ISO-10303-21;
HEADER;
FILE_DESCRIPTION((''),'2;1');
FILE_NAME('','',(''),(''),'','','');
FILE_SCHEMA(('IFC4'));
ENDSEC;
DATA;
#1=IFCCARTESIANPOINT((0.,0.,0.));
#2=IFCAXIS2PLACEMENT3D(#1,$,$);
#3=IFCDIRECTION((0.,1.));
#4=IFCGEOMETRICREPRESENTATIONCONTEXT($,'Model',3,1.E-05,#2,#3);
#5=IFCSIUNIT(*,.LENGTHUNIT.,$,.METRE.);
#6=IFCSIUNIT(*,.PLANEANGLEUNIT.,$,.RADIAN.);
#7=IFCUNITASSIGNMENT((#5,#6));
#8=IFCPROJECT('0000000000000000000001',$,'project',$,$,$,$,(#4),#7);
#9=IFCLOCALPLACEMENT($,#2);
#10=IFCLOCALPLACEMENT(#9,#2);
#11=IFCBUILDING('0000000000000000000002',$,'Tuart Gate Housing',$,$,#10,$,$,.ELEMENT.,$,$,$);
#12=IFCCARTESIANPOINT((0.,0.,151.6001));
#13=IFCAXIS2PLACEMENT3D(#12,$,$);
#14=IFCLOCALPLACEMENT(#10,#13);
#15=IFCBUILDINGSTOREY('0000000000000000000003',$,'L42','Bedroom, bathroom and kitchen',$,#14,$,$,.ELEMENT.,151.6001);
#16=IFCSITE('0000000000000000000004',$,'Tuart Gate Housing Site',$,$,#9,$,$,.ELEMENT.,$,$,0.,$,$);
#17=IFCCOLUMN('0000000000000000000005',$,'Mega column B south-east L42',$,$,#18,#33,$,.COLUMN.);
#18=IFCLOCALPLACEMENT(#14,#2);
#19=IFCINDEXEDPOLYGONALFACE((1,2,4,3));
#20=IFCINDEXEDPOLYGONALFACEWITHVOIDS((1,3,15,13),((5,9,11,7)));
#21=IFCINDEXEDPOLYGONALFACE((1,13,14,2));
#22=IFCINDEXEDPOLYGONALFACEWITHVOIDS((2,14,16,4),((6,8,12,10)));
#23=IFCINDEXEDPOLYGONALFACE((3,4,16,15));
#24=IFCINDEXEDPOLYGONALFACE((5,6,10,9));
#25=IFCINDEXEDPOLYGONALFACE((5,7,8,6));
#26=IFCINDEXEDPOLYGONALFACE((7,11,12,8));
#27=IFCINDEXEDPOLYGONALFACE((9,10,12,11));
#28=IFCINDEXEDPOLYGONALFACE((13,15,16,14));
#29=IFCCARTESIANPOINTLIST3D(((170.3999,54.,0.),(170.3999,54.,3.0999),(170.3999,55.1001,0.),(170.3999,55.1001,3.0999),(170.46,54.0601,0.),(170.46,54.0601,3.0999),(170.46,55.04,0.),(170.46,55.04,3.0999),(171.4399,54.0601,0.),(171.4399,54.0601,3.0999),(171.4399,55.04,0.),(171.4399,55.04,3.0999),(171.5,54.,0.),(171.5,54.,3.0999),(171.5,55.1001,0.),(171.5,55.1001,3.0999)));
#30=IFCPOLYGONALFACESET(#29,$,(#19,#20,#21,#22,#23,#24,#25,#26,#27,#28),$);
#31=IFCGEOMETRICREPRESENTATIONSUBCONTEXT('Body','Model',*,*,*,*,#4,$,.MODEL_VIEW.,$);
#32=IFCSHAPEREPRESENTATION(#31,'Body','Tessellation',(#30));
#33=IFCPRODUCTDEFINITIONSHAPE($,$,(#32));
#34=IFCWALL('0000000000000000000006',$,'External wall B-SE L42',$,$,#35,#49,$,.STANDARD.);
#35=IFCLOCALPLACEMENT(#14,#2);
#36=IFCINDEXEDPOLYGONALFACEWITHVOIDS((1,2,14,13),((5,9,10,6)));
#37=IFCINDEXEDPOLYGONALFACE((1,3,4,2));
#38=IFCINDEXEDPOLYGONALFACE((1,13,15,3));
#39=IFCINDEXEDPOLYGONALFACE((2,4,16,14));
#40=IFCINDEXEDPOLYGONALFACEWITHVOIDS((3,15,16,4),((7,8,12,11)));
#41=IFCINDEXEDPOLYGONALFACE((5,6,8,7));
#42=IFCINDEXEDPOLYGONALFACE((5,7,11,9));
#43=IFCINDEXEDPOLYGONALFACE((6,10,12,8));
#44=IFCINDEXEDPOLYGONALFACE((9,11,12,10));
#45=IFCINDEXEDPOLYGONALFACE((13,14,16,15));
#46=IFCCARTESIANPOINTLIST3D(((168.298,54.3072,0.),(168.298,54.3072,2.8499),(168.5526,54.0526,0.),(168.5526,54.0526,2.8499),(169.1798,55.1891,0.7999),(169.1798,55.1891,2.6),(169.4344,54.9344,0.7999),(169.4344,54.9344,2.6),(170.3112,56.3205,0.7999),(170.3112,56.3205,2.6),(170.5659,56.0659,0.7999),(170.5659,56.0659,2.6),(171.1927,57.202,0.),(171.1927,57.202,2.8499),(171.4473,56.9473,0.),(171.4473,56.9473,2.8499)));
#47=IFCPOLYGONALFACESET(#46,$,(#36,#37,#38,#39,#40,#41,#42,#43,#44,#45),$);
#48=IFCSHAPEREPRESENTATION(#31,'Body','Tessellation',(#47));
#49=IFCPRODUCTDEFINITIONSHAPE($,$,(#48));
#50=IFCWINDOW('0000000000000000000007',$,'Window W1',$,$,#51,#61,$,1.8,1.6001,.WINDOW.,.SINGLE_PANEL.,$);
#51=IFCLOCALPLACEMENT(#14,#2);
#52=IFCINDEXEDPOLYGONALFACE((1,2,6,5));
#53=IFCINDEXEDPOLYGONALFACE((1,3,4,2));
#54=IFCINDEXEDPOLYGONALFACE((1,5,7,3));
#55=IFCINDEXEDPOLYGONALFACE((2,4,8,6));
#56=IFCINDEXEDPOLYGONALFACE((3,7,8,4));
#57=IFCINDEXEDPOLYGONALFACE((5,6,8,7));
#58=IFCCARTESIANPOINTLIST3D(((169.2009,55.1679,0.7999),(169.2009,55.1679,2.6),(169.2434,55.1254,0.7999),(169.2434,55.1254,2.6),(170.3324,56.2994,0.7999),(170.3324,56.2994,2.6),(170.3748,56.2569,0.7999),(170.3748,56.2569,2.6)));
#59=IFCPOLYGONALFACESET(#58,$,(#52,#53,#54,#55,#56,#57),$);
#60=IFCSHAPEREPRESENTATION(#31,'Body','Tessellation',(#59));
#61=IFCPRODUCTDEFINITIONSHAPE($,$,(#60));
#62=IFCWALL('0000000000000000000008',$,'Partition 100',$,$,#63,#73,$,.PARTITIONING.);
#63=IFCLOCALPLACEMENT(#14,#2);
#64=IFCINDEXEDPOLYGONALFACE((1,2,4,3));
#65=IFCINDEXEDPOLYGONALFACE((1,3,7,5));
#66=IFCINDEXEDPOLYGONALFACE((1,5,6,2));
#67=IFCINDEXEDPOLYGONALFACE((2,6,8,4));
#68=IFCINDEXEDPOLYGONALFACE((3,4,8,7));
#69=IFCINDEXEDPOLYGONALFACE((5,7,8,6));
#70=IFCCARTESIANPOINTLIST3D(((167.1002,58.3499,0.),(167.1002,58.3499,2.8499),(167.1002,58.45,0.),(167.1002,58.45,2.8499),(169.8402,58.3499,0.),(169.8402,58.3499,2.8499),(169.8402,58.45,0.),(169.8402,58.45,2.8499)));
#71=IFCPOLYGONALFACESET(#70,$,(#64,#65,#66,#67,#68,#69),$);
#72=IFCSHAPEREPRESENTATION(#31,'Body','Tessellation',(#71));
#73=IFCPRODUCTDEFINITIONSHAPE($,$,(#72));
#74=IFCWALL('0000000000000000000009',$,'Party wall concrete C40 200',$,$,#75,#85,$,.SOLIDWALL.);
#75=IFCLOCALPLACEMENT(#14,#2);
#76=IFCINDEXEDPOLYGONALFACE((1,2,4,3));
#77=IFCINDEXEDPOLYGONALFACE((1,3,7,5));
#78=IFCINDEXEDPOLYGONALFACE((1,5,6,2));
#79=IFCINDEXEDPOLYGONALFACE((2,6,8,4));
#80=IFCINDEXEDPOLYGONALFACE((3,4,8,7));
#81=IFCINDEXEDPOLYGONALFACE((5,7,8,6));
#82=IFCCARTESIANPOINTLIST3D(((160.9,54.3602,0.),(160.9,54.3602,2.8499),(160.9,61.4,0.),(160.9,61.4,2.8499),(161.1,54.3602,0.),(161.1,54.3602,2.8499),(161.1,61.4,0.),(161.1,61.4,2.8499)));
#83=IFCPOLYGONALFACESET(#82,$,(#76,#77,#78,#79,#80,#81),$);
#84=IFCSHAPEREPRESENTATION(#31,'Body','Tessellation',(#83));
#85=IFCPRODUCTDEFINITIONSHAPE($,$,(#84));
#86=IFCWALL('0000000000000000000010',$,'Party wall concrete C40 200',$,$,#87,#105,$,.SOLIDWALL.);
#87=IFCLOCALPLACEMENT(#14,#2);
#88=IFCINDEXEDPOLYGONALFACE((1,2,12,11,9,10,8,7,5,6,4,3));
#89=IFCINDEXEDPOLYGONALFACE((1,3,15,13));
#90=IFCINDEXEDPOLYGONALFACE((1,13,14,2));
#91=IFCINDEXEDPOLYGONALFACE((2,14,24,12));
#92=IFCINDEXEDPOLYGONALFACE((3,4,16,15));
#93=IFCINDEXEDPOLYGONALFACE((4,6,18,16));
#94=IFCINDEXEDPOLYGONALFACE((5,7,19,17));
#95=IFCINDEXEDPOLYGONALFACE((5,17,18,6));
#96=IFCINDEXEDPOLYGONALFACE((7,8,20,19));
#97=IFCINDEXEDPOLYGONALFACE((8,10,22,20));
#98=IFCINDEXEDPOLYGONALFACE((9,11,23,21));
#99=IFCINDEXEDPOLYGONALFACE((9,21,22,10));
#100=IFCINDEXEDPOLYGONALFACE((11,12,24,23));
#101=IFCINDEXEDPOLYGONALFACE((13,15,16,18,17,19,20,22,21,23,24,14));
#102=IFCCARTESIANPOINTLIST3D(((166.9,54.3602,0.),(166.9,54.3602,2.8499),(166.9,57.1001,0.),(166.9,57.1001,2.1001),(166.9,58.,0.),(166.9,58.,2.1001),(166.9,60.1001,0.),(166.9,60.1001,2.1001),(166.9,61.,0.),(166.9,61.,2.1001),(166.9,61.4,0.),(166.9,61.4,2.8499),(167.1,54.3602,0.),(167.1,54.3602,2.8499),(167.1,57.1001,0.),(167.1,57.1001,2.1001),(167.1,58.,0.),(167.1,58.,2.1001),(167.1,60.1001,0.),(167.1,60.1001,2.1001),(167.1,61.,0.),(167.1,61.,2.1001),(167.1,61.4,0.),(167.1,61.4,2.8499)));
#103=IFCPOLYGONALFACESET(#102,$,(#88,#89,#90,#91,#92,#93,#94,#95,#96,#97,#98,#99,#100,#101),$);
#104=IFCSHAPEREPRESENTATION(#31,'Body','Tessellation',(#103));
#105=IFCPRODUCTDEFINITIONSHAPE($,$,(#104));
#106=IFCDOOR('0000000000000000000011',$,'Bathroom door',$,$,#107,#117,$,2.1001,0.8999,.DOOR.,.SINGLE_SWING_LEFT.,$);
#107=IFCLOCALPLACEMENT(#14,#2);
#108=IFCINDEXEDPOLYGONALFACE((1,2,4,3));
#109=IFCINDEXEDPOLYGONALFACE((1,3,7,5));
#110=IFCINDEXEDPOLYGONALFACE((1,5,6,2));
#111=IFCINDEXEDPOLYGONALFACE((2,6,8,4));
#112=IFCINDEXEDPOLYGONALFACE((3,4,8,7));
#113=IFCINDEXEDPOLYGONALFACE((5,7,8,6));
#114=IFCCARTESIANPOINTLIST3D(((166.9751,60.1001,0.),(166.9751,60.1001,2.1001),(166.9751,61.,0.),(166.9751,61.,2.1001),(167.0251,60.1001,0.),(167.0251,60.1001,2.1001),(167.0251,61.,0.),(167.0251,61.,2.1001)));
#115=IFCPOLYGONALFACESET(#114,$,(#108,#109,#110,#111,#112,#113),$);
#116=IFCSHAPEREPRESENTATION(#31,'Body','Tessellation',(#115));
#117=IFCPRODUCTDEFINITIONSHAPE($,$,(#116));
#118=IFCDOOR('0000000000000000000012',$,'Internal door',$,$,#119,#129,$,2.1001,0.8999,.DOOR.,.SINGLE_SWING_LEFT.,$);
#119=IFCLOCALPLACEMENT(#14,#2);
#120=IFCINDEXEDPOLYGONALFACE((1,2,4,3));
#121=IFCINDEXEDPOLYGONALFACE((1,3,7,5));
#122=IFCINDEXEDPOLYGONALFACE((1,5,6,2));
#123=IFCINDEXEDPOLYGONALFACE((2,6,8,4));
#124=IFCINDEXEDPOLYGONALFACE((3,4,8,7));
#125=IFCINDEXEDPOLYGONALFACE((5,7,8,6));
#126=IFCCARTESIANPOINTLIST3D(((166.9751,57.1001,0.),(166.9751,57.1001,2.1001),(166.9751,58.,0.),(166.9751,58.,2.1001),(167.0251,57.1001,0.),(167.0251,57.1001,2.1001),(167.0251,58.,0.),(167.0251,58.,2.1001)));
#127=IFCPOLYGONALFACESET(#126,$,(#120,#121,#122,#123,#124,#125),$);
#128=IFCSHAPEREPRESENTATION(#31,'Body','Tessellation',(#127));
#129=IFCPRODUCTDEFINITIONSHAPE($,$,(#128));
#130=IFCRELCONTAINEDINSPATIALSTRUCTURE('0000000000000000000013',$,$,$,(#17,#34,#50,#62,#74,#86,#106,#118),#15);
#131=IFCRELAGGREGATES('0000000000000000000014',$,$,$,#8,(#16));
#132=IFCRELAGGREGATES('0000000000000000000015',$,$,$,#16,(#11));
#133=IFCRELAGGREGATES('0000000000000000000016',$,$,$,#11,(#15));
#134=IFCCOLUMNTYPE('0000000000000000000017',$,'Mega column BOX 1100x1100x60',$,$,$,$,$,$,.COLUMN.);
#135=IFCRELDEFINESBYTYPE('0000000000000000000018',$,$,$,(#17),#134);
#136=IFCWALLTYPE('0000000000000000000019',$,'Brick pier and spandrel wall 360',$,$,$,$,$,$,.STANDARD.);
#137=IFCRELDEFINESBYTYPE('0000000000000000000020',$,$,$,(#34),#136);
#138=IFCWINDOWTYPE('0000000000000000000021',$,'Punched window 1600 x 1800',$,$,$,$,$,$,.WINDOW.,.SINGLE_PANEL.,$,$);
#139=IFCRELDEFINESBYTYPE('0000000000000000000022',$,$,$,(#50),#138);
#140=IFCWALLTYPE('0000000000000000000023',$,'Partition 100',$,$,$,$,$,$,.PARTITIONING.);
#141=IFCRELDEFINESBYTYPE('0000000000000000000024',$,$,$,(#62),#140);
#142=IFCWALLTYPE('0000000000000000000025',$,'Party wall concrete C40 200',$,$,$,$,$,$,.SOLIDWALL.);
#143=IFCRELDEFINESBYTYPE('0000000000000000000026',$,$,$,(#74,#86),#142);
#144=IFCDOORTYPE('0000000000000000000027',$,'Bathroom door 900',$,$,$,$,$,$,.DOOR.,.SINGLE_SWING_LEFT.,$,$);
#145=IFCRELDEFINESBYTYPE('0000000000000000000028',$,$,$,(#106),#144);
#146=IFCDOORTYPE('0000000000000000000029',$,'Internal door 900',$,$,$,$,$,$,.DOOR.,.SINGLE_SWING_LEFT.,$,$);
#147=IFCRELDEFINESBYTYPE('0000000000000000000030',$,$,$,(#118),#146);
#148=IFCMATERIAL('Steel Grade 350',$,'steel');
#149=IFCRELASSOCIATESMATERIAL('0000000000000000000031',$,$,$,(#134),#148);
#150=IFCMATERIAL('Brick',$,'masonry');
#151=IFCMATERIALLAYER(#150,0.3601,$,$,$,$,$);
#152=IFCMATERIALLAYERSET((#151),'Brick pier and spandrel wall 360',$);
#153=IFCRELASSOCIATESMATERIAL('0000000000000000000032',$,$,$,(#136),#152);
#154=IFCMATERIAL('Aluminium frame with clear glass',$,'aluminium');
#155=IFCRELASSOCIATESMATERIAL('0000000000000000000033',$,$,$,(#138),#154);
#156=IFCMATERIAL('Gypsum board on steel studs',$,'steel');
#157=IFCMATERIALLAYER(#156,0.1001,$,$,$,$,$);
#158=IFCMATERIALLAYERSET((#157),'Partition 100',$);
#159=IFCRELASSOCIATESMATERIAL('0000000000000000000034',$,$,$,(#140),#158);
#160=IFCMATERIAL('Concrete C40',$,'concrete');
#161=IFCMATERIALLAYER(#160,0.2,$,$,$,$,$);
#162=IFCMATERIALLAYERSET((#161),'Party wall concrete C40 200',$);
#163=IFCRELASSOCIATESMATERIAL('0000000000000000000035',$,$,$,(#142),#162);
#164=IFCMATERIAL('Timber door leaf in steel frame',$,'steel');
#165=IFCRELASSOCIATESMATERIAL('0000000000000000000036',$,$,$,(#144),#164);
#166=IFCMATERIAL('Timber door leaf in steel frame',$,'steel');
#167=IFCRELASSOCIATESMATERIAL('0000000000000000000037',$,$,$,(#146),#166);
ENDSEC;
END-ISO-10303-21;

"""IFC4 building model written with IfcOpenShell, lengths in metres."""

from ifc_helpers import new_model, si_unit, direction, frame, frame_2d, origin, origin_2d, place, context, subcontext, project, spatial, rectangle, hollow_rectangle, extrude, material, layer, layer_set, material_profile, profile_set, type_object, element, fill, save


model = new_model("IFC4")

# Units and contexts
model_context = context("Model", 3, precision=1e-05, world=origin(), true_north=direction((0.0, 1.0)))
body_context = subcontext(model_context, "Body", "Model", "MODEL_VIEW")
ifc_project = project(units=[si_unit("LENGTHUNIT", "METRE"), si_unit("PLANEANGLEUNIT", "RADIAN")], contexts=[model_context])

# Site, building, storey
site_placement = place(None, origin())
site = spatial("IfcSite", under=ifc_project, at=site_placement, Name="Tuart Gate Housing Site", CompositionType="ELEMENT", RefElevation=0.0)
building_placement = place(site_placement, origin())
building = spatial("IfcBuilding", under=site, at=building_placement, Name="Tuart Gate Housing", CompositionType="ELEMENT")
storey_placement = place(building_placement, frame((0.0, 0.0, 151.6001)))
storey = spatial("IfcBuildingStorey", under=building, at=storey_placement, Name="L42", Description="Bedroom, bathroom and kitchen", CompositionType="ELEMENT", Elevation=151.6001)

# Column
ifc_material_1 = material(Name="Steel Grade 350", Category="steel")
ifc_material_profile = material_profile(ifc_material_1, hollow_rectangle(XDim=1.1001, YDim=1.1001, WallThickness=0.0601, at=origin_2d()), Name="BOX 1100x1100x60")
ifc_profile_set = profile_set([ifc_material_profile], Name="Steel Grade 350")
column_type = type_object("IfcColumnType", Name="Mega column BOX 1100x1100x60", PredefinedType="COLUMN", material=ifc_profile_set)
column_placement = place(storey_placement, frame((170.95, 54.55, 0.0), z_axis=(0.0, 0.0, 1.0), x_axis=(1.0, 0.0, 0.0)))
element("IfcColumn", 1, at=column_placement, inside=storey, type_object=column_type, Name="Mega column B south-east L42", PredefinedType="COLUMN", context=body_context, shape_type="SweptSolid", body=[
    extrude(hollow_rectangle(XDim=1.1001, YDim=1.1001, WallThickness=0.0601, at=origin_2d()), origin(), (0.0, 0.0, 1.0), 3.0999),
])

# Wall, opening, window
ifc_material_2 = material(Name="Brick", Category="masonry")
ifc_layer_1 = layer(ifc_material_2, 0.3601)
ifc_layer_set_1 = layer_set([ifc_layer_1], Name="Brick pier and spandrel wall 360")
wall_type_1 = type_object("IfcWallType", Name="Brick pier and spandrel wall 360", PredefinedType="STANDARD", material=ifc_layer_set_1)
wall_1_placement = place(storey_placement, frame((168.4253, 54.1799, 0.0), z_axis=(0.0, 0.0, 1.0), x_axis=(0.707107, 0.707107, 0.0)))
wall_1 = element("IfcWall", 2, at=wall_1_placement, inside=storey, type_object=wall_type_1, Name="External wall B-SE L42", PredefinedType="STANDARD", context=body_context, shape_type="SweptSolid", body=[
    extrude(rectangle(XDim=4.0938, YDim=0.3601, at=frame_2d((2.0469, 0.0))), origin(), (0.0, 0.0, 1.0), 2.8499),
])
opening_1_placement = place(wall_1_placement, frame((1.2471, 0.0, 0.8)))
opening_1 = element("IfcOpeningElement", 3, at=opening_1_placement, cuts=wall_1, PredefinedType="OPENING", context=body_context, shape_type="SweptSolid", body=[
    extrude(rectangle(XDim=1.6001, YDim=1.8, at=frame_2d((0.8, 0.8999))), frame((0.0, 0.1899, 0.0), z_axis=(0.0, -1.0, 0.0), x_axis=(1.0, 0.0, 0.0)), (0.0, 0.0, 1.0), 0.3801),
])
ifc_material_3 = material(Name="Aluminium frame with clear glass", Category="aluminium")
window_type_1 = type_object("IfcWindowType", Name="Punched window 1600 x 1800", PartitioningType="SINGLE_PANEL", PredefinedType="WINDOW", material=ifc_material_3)
window_1_placement = place(opening_1_placement, origin())
window_1 = element("IfcWindow", 4, at=window_1_placement, inside=storey, type_object=window_type_1, Name="Window W1", OverallHeight=1.8, OverallWidth=1.6001, PartitioningType="SINGLE_PANEL", PredefinedType="WINDOW", context=body_context, shape_type="SweptSolid", body=[
    extrude(rectangle(XDim=1.6001, YDim=1.8, at=frame_2d((0.8, 0.8999))), frame((0.0, 0.1501, 0.0), z_axis=(0.0, -1.0, 0.0), x_axis=(1.0, 0.0, 0.0)), (0.0, 0.0, 1.0), 0.0601),
])
fill(opening_1, window_1)

# Walls
ifc_material_4 = material(Name="Gypsum board on steel studs", Category="steel")
ifc_layer_2 = layer(ifc_material_4, 0.1001)
ifc_layer_set_2 = layer_set([ifc_layer_2], Name="Partition 100")
wall_type_2 = type_object("IfcWallType", Name="Partition 100", PredefinedType="PARTITIONING", material=ifc_layer_set_2)
wall_2_placement = place(storey_placement, frame((167.1001, 58.3999, 0.0), z_axis=(0.0, 0.0, 1.0), x_axis=(1.0, 0.0, 0.0)))
element("IfcWall", 5, at=wall_2_placement, inside=storey, type_object=wall_type_2, Name="Partition 100", PredefinedType="PARTITIONING", context=body_context, shape_type="SweptSolid", body=[
    extrude(rectangle(XDim=2.74, YDim=0.1001, at=frame_2d((1.3701, 0.0))), origin(), (0.0, 0.0, 1.0), 2.8499),
])
ifc_material_5 = material(Name="Concrete C40", Category="concrete")
ifc_layer_3 = layer(ifc_material_5, 0.2)
ifc_layer_set_3 = layer_set([ifc_layer_3], Name="Party wall concrete C40 200")
wall_type_3 = type_object("IfcWallType", Name="Party wall concrete C40 200", PredefinedType="SOLIDWALL", material=ifc_layer_set_3)
wall_3_placement = place(storey_placement, frame((161.0, 54.3601, 0.0), z_axis=(0.0, 0.0, 1.0), x_axis=(0.0, 1.0, 0.0)))
element("IfcWall", 6, at=wall_3_placement, inside=storey, type_object=wall_type_3, Name="Party wall concrete C40 200", PredefinedType="SOLIDWALL", context=body_context, shape_type="SweptSolid", body=[
    extrude(rectangle(XDim=7.0398, YDim=0.2, at=frame_2d((3.52, 0.0))), origin(), (0.0, 0.0, 1.0), 2.8499),
])

# Wall, openings, doors
wall_4_placement = place(storey_placement, frame((167.0, 54.3601, 0.0), z_axis=(0.0, 0.0, 1.0), x_axis=(0.0, 1.0, 0.0)))
wall_4 = element("IfcWall", 7, at=wall_4_placement, inside=storey, type_object=wall_type_3, Name="Party wall concrete C40 200", PredefinedType="SOLIDWALL", context=body_context, shape_type="SweptSolid", body=[
    extrude(rectangle(XDim=7.0398, YDim=0.2, at=frame_2d((3.52, 0.0))), origin(), (0.0, 0.0, 1.0), 2.8499),
])
opening_2_placement = place(wall_4_placement, frame((2.74, 0.0, 0.0)))
opening_2 = element("IfcOpeningElement", 8, at=opening_2_placement, cuts=wall_4, PredefinedType="OPENING", context=body_context, shape_type="SweptSolid", body=[
    extrude(rectangle(XDim=0.8999, YDim=2.1001, at=frame_2d((0.45, 1.05))), frame((0.0, 0.1099, 0.0), z_axis=(0.0, -1.0, 0.0), x_axis=(1.0, 0.0, 0.0)), (0.0, 0.0, 1.0), 0.22),
])
opening_3_placement = place(wall_4_placement, frame((5.74, 0.0, 0.0)))
opening_3 = element("IfcOpeningElement", 9, at=opening_3_placement, cuts=wall_4, PredefinedType="OPENING", context=body_context, shape_type="SweptSolid", body=[
    extrude(rectangle(XDim=0.8999, YDim=2.1001, at=frame_2d((0.45, 1.05))), frame((0.0, 0.1099, 0.0), z_axis=(0.0, -1.0, 0.0), x_axis=(1.0, 0.0, 0.0)), (0.0, 0.0, 1.0), 0.22),
])
ifc_material_6 = material(Name="Timber door leaf in steel frame", Category="steel")
door_type_1 = type_object("IfcDoorType", Name="Bathroom door 900", OperationType="SINGLE_SWING_LEFT", PredefinedType="DOOR", material=ifc_material_6)
door_1_placement = place(opening_3_placement, frame((0.8999, 0.0, 0.0), z_axis=(0.0, 0.0, 1.0), x_axis=(-1.0, 0.0, 0.0)))
door_1 = element("IfcDoor", 10, at=door_1_placement, inside=storey, type_object=door_type_1, Name="Bathroom door", OperationType="SINGLE_SWING_LEFT", OverallHeight=2.1001, OverallWidth=0.8999, PredefinedType="DOOR", context=body_context, shape_type="SweptSolid", body=[
    extrude(rectangle(XDim=0.8999, YDim=2.1001, at=frame_2d((0.45, 1.05))), frame((0.0, 0.0251, 0.0), z_axis=(0.0, -1.0, 0.0), x_axis=(1.0, 0.0, 0.0)), (0.0, 0.0, 1.0), 0.05),
])
fill(opening_3, door_1)
ifc_material_7 = material(Name="Timber door leaf in steel frame", Category="steel")
door_type_2 = type_object("IfcDoorType", Name="Internal door 900", OperationType="SINGLE_SWING_LEFT", PredefinedType="DOOR", material=ifc_material_7)
door_2_placement = place(opening_2_placement, frame((0.8999, 0.0, 0.0), z_axis=(0.0, 0.0, 1.0), x_axis=(-1.0, 0.0, 0.0)))
door_2 = element("IfcDoor", 11, at=door_2_placement, inside=storey, type_object=door_type_2, Name="Internal door", OperationType="SINGLE_SWING_LEFT", OverallHeight=2.1001, OverallWidth=0.8999, PredefinedType="DOOR", context=body_context, shape_type="SweptSolid", body=[
    extrude(rectangle(XDim=0.8999, YDim=2.1001, at=frame_2d((0.45, 1.05))), frame((0.0, 0.0251, 0.0), z_axis=(0.0, -1.0, 0.0), x_axis=(1.0, 0.0, 0.0)), (0.0, 0.0, 1.0), 0.05),
])
fill(opening_2, door_2)

save(model, "model.ifc")
